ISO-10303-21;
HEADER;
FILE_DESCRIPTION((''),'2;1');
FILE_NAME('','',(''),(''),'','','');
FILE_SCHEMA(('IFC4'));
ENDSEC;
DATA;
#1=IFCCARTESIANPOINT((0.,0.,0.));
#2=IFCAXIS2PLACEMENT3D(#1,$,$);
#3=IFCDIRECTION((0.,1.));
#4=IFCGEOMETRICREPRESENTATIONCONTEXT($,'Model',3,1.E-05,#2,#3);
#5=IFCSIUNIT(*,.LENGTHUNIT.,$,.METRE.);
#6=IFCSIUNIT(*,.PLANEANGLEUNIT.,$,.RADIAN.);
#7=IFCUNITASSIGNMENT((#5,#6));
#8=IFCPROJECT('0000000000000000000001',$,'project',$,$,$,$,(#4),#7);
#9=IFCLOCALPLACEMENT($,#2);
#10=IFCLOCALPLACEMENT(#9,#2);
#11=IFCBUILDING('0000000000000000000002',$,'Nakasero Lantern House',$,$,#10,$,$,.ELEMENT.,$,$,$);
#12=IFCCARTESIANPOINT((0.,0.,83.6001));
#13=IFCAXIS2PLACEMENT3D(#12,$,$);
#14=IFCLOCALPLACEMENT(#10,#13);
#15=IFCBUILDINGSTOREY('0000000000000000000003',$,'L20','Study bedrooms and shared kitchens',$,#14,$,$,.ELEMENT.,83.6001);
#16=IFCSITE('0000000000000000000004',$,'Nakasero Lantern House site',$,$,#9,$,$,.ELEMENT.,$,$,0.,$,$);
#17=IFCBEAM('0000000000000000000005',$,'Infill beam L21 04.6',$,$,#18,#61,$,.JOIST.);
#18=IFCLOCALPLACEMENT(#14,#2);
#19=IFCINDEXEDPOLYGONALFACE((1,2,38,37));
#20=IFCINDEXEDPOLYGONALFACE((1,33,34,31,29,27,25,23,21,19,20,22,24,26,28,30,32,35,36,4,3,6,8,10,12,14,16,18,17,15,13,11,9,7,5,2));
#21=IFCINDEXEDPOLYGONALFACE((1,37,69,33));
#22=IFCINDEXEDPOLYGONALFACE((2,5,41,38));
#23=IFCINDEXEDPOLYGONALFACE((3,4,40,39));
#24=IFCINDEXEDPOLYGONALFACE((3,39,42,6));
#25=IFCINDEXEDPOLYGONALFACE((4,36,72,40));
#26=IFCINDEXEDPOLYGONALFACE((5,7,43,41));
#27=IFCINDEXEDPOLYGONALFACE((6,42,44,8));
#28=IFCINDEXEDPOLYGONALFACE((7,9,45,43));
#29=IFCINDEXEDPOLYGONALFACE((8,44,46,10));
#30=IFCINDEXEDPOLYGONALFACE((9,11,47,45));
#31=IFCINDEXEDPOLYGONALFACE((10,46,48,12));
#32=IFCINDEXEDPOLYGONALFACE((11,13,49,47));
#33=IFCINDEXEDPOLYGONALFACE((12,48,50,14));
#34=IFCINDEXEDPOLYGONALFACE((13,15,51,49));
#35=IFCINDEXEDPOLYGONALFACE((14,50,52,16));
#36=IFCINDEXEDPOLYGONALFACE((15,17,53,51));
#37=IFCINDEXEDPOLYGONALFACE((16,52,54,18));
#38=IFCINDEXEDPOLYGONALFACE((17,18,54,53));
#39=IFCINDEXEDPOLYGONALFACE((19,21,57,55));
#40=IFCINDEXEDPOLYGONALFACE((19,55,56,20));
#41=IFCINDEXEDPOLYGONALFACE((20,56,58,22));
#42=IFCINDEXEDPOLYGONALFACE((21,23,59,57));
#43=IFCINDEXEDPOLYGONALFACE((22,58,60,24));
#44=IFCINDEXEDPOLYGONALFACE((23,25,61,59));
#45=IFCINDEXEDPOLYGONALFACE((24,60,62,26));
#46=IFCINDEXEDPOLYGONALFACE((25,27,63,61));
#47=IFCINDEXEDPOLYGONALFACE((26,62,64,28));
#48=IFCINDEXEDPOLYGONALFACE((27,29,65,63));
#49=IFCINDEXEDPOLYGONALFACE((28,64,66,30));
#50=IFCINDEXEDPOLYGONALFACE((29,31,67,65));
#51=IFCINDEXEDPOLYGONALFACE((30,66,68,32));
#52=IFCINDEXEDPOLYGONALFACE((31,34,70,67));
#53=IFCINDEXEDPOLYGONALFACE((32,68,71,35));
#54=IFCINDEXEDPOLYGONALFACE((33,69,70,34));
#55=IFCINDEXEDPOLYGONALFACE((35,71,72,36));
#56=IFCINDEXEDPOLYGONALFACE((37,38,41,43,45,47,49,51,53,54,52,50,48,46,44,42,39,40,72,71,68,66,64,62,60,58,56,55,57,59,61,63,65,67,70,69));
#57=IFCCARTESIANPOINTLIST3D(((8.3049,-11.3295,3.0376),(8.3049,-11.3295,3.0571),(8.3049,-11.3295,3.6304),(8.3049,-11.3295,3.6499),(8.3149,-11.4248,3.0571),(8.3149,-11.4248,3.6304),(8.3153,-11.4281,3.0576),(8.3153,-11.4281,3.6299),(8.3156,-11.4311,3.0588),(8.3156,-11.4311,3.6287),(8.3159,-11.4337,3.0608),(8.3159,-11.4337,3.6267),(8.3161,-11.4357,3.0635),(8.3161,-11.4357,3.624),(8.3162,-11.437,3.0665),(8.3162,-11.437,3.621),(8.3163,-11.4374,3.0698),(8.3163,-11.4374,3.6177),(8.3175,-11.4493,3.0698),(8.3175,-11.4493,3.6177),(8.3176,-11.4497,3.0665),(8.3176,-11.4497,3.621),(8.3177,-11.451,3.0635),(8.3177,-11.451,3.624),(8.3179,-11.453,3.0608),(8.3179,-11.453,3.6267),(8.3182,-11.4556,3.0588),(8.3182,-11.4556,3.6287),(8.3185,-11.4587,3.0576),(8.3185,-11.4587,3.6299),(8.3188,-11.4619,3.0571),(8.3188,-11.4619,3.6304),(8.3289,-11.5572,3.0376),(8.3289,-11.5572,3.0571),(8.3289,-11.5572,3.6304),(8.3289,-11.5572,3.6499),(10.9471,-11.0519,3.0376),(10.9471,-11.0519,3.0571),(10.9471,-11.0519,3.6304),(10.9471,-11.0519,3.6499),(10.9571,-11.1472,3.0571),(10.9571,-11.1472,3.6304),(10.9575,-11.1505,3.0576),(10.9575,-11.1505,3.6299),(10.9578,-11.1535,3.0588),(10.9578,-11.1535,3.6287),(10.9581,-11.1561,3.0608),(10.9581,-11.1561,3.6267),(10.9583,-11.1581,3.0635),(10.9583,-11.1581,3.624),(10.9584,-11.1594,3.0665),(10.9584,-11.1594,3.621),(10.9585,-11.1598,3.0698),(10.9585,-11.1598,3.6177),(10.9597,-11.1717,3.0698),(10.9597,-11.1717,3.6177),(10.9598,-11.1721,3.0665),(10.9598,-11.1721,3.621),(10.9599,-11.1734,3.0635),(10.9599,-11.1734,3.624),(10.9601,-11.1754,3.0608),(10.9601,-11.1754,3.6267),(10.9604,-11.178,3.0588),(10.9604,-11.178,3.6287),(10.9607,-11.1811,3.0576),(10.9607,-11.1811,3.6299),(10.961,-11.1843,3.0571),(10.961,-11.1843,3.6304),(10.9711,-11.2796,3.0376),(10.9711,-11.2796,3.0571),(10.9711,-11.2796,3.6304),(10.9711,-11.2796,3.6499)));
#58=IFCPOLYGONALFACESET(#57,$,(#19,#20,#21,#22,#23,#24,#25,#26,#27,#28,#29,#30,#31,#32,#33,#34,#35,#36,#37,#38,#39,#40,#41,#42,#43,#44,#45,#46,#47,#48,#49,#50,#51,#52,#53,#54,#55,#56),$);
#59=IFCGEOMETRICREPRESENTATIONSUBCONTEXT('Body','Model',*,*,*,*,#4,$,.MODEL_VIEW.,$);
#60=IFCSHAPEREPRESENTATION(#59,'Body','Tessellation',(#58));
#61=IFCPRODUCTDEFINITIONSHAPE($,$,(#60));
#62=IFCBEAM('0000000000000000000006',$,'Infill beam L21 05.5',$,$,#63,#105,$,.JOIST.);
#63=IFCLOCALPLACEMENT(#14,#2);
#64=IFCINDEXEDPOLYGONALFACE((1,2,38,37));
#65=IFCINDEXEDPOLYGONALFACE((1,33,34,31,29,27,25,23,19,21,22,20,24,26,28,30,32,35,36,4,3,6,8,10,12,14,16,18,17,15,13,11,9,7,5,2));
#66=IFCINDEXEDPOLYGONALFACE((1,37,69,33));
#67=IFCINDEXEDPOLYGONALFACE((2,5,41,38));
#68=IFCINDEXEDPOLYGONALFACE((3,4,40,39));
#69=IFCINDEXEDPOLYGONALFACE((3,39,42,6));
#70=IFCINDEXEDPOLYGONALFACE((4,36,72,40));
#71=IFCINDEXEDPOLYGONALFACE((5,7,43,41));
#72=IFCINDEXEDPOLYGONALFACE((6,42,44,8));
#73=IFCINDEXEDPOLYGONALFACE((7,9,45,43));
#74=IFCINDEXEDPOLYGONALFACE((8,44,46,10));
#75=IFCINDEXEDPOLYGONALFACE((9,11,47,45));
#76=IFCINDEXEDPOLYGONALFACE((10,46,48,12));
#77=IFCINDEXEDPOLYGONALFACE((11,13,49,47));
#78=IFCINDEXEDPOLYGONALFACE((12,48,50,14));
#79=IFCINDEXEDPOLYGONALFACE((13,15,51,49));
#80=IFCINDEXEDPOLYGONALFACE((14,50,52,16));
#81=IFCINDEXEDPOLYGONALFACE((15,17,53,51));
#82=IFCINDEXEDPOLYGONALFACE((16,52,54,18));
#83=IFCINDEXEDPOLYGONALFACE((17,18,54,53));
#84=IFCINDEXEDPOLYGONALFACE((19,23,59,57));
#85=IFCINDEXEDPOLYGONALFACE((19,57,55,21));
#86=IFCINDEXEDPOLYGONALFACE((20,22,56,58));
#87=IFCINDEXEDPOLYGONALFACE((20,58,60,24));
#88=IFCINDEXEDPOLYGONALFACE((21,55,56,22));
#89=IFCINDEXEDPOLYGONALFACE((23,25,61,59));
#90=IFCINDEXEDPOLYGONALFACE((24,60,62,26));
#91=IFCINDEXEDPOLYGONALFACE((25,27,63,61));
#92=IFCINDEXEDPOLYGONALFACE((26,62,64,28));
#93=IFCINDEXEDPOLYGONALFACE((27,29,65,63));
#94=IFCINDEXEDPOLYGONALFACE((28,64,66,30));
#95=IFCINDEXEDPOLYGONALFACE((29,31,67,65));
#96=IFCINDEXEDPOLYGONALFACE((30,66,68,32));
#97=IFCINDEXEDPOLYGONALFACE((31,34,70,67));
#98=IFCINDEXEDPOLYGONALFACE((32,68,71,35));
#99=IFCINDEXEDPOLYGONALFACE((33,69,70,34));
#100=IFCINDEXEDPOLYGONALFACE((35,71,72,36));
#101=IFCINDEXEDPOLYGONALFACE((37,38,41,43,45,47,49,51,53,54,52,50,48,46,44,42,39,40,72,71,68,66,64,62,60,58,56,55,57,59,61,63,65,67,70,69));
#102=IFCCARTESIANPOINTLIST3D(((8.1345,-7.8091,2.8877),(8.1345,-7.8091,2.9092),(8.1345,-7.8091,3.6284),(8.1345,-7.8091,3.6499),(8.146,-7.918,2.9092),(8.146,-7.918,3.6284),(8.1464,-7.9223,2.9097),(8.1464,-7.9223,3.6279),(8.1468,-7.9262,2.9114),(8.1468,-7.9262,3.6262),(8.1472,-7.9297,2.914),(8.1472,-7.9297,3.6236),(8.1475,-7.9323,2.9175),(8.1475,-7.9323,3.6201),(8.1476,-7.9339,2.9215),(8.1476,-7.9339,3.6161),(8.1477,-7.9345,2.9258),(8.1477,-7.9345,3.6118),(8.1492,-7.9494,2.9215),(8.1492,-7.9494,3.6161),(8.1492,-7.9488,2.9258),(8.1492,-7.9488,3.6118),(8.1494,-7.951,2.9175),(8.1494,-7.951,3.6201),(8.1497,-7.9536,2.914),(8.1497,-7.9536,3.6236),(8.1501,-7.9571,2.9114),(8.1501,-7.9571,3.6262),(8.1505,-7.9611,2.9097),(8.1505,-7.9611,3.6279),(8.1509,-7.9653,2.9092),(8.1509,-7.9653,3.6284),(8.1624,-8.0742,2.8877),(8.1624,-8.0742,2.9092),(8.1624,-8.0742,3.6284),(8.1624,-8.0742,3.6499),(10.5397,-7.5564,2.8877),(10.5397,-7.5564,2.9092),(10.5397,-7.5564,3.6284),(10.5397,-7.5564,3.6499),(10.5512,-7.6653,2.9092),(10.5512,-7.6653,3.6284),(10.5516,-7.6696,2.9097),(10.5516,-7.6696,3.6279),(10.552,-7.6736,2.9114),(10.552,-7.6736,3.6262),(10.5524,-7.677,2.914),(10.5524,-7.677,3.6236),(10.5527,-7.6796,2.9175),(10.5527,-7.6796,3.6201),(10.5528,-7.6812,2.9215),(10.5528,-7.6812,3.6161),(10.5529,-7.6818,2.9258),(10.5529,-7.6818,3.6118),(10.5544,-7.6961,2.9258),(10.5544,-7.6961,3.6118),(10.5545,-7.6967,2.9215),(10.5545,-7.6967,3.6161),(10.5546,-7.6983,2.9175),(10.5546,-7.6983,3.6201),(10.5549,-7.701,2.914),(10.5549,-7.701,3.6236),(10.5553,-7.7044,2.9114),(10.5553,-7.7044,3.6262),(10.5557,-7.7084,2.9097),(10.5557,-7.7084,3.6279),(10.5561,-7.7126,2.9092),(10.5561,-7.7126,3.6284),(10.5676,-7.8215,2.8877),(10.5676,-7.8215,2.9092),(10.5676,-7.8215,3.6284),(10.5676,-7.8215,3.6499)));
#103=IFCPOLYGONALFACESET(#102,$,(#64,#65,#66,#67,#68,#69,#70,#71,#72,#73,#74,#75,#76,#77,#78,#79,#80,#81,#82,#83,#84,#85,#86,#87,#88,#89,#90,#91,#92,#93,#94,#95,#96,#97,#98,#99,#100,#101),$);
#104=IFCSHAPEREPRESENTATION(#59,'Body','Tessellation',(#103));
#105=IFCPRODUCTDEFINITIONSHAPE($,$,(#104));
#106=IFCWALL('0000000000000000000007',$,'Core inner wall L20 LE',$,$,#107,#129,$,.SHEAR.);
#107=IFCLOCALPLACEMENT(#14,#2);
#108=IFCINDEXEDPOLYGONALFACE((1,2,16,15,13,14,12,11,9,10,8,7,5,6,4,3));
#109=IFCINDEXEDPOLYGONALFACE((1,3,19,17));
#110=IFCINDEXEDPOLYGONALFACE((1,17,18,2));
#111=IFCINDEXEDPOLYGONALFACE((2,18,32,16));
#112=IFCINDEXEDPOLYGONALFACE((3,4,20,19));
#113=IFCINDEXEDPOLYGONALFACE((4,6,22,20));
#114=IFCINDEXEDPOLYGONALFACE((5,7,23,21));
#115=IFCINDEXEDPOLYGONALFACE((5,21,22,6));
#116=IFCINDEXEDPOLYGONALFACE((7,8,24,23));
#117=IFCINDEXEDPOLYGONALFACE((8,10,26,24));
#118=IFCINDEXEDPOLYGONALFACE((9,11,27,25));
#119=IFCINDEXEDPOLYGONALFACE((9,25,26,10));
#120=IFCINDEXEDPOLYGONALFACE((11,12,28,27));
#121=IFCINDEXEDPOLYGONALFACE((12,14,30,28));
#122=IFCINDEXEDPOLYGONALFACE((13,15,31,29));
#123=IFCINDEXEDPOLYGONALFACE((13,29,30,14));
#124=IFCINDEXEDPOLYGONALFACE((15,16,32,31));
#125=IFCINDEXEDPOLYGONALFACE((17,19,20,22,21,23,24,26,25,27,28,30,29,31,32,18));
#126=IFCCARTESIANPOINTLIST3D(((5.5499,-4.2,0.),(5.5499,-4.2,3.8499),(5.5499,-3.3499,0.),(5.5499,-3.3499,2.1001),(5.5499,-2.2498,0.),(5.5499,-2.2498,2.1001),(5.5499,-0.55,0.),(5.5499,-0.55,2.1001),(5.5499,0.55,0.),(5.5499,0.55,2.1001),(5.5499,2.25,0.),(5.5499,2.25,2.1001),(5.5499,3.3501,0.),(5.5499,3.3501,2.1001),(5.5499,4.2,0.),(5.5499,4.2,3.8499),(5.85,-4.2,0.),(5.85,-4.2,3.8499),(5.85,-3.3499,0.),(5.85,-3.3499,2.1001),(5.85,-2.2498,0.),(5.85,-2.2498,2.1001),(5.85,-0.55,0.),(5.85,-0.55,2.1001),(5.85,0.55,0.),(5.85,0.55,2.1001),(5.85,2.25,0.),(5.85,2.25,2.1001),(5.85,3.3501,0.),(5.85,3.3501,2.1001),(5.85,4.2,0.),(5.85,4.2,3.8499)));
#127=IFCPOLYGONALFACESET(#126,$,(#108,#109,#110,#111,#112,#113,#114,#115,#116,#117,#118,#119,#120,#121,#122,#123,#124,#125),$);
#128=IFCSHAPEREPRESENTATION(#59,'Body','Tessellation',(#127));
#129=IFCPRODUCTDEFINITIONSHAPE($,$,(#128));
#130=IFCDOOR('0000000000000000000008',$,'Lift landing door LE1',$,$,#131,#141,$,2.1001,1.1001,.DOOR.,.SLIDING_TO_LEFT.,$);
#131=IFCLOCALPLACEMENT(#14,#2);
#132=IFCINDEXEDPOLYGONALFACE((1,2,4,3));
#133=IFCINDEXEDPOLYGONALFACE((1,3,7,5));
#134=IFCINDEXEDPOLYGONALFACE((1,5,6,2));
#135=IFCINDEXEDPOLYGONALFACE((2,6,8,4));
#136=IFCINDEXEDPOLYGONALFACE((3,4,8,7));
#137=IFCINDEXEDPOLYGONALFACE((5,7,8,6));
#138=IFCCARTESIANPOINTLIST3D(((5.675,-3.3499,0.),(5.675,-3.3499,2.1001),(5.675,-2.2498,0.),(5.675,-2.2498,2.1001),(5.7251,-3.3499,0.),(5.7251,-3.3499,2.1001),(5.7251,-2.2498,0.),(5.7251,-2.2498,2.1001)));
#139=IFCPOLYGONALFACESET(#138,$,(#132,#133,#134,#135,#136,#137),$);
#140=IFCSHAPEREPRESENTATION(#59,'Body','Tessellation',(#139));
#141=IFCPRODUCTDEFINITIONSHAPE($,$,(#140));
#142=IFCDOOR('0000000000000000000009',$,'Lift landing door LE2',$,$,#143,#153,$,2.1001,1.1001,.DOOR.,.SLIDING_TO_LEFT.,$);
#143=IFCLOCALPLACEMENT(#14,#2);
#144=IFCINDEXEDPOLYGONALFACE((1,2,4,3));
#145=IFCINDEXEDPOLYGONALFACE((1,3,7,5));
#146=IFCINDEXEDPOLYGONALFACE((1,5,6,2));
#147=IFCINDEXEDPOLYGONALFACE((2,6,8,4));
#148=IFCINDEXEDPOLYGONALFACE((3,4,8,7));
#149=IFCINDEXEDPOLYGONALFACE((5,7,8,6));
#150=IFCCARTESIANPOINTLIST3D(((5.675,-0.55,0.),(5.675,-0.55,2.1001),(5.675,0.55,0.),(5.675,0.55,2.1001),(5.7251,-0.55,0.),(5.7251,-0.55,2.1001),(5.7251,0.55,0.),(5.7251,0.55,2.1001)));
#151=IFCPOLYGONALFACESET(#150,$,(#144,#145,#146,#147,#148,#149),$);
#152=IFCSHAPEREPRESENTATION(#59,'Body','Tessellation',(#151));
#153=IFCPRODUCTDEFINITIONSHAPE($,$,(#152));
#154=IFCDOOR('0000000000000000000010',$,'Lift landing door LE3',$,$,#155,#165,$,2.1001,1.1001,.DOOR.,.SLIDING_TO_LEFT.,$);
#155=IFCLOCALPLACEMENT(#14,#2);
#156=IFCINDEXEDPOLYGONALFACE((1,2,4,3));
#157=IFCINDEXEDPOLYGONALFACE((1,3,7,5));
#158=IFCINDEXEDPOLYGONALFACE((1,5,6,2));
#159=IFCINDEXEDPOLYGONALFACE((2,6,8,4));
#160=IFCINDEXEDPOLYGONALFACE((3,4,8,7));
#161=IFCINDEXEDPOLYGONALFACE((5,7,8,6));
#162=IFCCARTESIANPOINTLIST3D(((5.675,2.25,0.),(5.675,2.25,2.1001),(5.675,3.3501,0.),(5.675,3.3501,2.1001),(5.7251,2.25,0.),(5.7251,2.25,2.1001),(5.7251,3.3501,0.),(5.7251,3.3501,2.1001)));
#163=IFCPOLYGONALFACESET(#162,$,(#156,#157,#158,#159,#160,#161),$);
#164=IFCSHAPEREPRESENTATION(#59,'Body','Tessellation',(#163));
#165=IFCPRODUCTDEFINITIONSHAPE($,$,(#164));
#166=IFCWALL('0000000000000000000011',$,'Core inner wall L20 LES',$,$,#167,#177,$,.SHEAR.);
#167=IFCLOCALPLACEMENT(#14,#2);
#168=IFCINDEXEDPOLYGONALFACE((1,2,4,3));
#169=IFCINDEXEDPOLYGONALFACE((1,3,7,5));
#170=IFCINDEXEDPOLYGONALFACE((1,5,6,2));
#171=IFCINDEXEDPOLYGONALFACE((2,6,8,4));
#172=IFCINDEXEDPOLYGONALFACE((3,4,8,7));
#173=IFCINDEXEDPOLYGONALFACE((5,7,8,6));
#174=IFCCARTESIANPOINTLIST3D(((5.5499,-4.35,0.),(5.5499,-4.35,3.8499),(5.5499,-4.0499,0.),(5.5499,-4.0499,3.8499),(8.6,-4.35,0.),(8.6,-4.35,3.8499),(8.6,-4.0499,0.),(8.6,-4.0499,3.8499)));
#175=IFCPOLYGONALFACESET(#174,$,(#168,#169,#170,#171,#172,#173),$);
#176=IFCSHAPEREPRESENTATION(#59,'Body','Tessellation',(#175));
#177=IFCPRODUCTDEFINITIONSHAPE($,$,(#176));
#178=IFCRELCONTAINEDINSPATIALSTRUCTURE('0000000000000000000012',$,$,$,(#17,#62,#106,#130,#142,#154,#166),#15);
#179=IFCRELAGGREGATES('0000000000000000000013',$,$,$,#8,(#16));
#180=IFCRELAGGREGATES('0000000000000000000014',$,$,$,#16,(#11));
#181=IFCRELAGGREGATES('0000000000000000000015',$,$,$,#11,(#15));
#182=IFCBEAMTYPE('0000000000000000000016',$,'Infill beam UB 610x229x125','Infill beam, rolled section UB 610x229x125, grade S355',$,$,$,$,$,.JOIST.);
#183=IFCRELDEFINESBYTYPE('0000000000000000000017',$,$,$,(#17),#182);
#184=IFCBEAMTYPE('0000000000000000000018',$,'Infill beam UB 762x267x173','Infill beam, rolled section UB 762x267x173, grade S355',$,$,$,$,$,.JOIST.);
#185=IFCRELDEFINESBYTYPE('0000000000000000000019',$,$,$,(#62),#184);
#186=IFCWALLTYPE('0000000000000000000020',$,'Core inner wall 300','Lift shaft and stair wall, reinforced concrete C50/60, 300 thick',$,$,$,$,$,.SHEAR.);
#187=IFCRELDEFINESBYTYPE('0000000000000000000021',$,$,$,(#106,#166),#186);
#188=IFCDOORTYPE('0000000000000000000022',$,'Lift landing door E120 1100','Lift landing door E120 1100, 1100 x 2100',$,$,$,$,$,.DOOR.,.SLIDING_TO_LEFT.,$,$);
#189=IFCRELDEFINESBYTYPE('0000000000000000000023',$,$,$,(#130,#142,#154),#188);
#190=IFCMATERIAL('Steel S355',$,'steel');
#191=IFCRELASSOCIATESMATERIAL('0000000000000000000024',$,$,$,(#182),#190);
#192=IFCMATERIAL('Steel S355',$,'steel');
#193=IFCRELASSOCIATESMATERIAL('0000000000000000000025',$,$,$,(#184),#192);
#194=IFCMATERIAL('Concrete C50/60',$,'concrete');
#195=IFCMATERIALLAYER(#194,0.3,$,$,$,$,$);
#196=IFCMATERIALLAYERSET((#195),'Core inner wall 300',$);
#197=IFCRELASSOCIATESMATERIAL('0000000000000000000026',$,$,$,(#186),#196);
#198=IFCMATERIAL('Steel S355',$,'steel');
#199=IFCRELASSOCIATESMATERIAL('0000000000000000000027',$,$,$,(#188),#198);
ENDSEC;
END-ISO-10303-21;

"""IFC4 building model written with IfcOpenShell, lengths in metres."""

from ifc_helpers import new_model, si_unit, direction, frame, frame_2d, origin, origin_2d, place, context, subcontext, project, spatial, rectangle, i_section, extrude, material, layer, layer_set, material_profile, profile_set, type_object, element, fill, save


model = new_model("IFC4")

# Units and contexts
model_context = context("Model", 3, precision=1e-05, world=origin(), true_north=direction((0.0, 1.0)))
body_context = subcontext(model_context, "Body", "Model", "MODEL_VIEW")
ifc_project = project(units=[si_unit("LENGTHUNIT", "METRE"), si_unit("PLANEANGLEUNIT", "RADIAN")], contexts=[model_context])

# Site, building, storey
site_placement = place(None, origin())
site = spatial("IfcSite", under=ifc_project, at=site_placement, Name="Nakasero Lantern House site", CompositionType="ELEMENT", RefElevation=0.0)
building_placement = place(site_placement, origin())
building = spatial("IfcBuilding", under=site, at=building_placement, Name="Nakasero Lantern House", CompositionType="ELEMENT")
storey_placement = place(building_placement, frame((0.0, 0.0, 83.6001)))
storey = spatial("IfcBuildingStorey", under=building, at=storey_placement, Name="L20", Description="Study bedrooms and shared kitchens", CompositionType="ELEMENT", Elevation=83.6001)

# Beams
ifc_material_1 = material(Name="Steel S355", Category="steel")
ifc_material_profile_1 = material_profile(ifc_material_1, i_section(OverallWidth=0.229, OverallDepth=0.6123, WebThickness=0.012, FlangeThickness=0.0195, FilletRadius=0.0127, at=origin_2d()), Name="UB 610x229x125")
ifc_profile_set_1 = profile_set([ifc_material_profile_1], Name="Steel S355")
beam_type_1 = type_object("IfcBeamType", Name="Infill beam UB 610x229x125", Description="Infill beam, rolled section UB 610x229x125, grade S355", PredefinedType="JOIST", material=ifc_profile_set_1)
beam_1_placement = place(storey_placement, frame((8.3169, -11.4434, 3.3438), z_axis=(0.994526, 0.104489, 0.0), x_axis=(-0.104489, 0.994526, 0.0)))
element("IfcBeam", 1, at=beam_1_placement, inside=storey, type_object=beam_type_1, Name="Infill beam L21 04.6", PredefinedType="JOIST", context=body_context, shape_type="SweptSolid", body=[
    extrude(i_section(OverallWidth=0.229, OverallDepth=0.6123, WebThickness=0.012, FlangeThickness=0.0195, FilletRadius=0.0127, at=origin_2d()), origin(), (0.0, 0.0, 1.0), 2.6567),
])
ifc_material_2 = material(Name="Steel S355", Category="steel")
ifc_material_profile_2 = material_profile(ifc_material_2, i_section(OverallWidth=0.2666, OverallDepth=0.7622, WebThickness=0.0144, FlangeThickness=0.0215, FilletRadius=0.0166, at=origin_2d()), Name="UB 762x267x173")
ifc_profile_set_2 = profile_set([ifc_material_profile_2], Name="Steel S355")
beam_type_2 = type_object("IfcBeamType", Name="Infill beam UB 762x267x173", Description="Infill beam, rolled section UB 762x267x173, grade S355", PredefinedType="JOIST", material=ifc_profile_set_2)
beam_2_placement = place(storey_placement, frame((8.1484, -7.9417, 3.2688), z_axis=(0.994527, 0.10448, 0.0), x_axis=(-0.10448, 0.994527, 0.0)))
element("IfcBeam", 2, at=beam_2_placement, inside=storey, type_object=beam_type_2, Name="Infill beam L21 05.5", PredefinedType="JOIST", context=body_context, shape_type="SweptSolid", body=[
    extrude(i_section(OverallWidth=0.2666, OverallDepth=0.7622, WebThickness=0.0144, FlangeThickness=0.0215, FilletRadius=0.0166, at=origin_2d()), origin(), (0.0, 0.0, 1.0), 2.4185),
])

# Wall, openings, doors
ifc_material_3 = material(Name="Concrete C50/60", Category="concrete")
ifc_layer_1 = layer(ifc_material_3, 0.3)
ifc_layer_set_1 = layer_set([ifc_layer_1], Name="Core inner wall 300")
wall_type_1 = type_object("IfcWallType", Name="Core inner wall 300", Description="Lift shaft and stair wall, reinforced concrete C50/60, 300 thick", PredefinedType="SHEAR", material=ifc_layer_set_1)
wall_1_placement = place(storey_placement, frame((5.7, -4.2, 0.0), z_axis=(0.0, 0.0, 1.0), x_axis=(0.0, 1.0, 0.0)))
wall_1 = element("IfcWall", 3, at=wall_1_placement, inside=storey, type_object=wall_type_1, Name="Core inner wall L20 LE", PredefinedType="SHEAR", context=body_context, shape_type="SweptSolid", body=[
    extrude(rectangle(XDim=8.3999, YDim=0.3, at=frame_2d((4.2, 0.0))), origin(), (0.0, 0.0, 1.0), 3.8499),
])
opening_1_placement = place(wall_1_placement, frame((0.8501, 0.0, 0.0)))
opening_1 = element("IfcOpeningElement", 4, at=opening_1_placement, cuts=wall_1, PredefinedType="OPENING", context=body_context, shape_type="SweptSolid", body=[
    extrude(rectangle(XDim=1.1001, YDim=2.1001, at=frame_2d((0.55, 1.05))), frame((0.0, 0.1699, 0.0), z_axis=(0.0, -1.0, 0.0), x_axis=(1.0, 0.0, 0.0)), (0.0, 0.0, 1.0), 0.3401),
])
opening_2_placement = place(wall_1_placement, frame((3.6499, 0.0, 0.0)))
opening_2 = element("IfcOpeningElement", 5, at=opening_2_placement, cuts=wall_1, PredefinedType="OPENING", context=body_context, shape_type="SweptSolid", body=[
    extrude(rectangle(XDim=1.1001, YDim=2.1001, at=frame_2d((0.55, 1.05))), frame((0.0, 0.1699, 0.0), z_axis=(0.0, -1.0, 0.0), x_axis=(1.0, 0.0, 0.0)), (0.0, 0.0, 1.0), 0.3401),
])
opening_3_placement = place(wall_1_placement, frame((6.45, 0.0, 0.0)))
opening_3 = element("IfcOpeningElement", 6, at=opening_3_placement, cuts=wall_1, PredefinedType="OPENING", context=body_context, shape_type="SweptSolid", body=[
    extrude(rectangle(XDim=1.1001, YDim=2.1001, at=frame_2d((0.55, 1.05))), frame((0.0, 0.1699, 0.0), z_axis=(0.0, -1.0, 0.0), x_axis=(1.0, 0.0, 0.0)), (0.0, 0.0, 1.0), 0.3401),
])
ifc_material_4 = material(Name="Steel S355", Category="steel")
door_type_1 = type_object("IfcDoorType", Name="Lift landing door E120 1100", Description="Lift landing door E120 1100, 1100 x 2100", OperationType="SLIDING_TO_LEFT", PredefinedType="DOOR", material=ifc_material_4)
door_1_placement = place(opening_1_placement, origin())
door_1 = element("IfcDoor", 7, at=door_1_placement, inside=storey, type_object=door_type_1, Name="Lift landing door LE1", OperationType="SLIDING_TO_LEFT", OverallHeight=2.1001, OverallWidth=1.1001, PredefinedType="DOOR", context=body_context, shape_type="SweptSolid", body=[
    extrude(rectangle(XDim=1.1001, YDim=2.1001, at=frame_2d((0.55, 1.05))), frame((0.0, 0.0249, 0.0), z_axis=(0.0, -1.0, 0.0), x_axis=(1.0, 0.0, 0.0)), (0.0, 0.0, 1.0), 0.05),
])
fill(opening_1, door_1)
door_2_placement = place(opening_2_placement, origin())
door_2 = element("IfcDoor", 8, at=door_2_placement, inside=storey, type_object=door_type_1, Name="Lift landing door LE2", OperationType="SLIDING_TO_LEFT", OverallHeight=2.1001, OverallWidth=1.1001, PredefinedType="DOOR", context=body_context, shape_type="SweptSolid", body=[
    extrude(rectangle(XDim=1.1001, YDim=2.1001, at=frame_2d((0.55, 1.05))), frame((0.0, 0.0249, 0.0), z_axis=(0.0, -1.0, 0.0), x_axis=(1.0, 0.0, 0.0)), (0.0, 0.0, 1.0), 0.05),
])
fill(opening_2, door_2)
door_3_placement = place(opening_3_placement, origin())
door_3 = element("IfcDoor", 9, at=door_3_placement, inside=storey, type_object=door_type_1, Name="Lift landing door LE3", OperationType="SLIDING_TO_LEFT", OverallHeight=2.1001, OverallWidth=1.1001, PredefinedType="DOOR", context=body_context, shape_type="SweptSolid", body=[
    extrude(rectangle(XDim=1.1001, YDim=2.1001, at=frame_2d((0.55, 1.05))), frame((0.0, 0.0249, 0.0), z_axis=(0.0, -1.0, 0.0), x_axis=(1.0, 0.0, 0.0)), (0.0, 0.0, 1.0), 0.05),
])
fill(opening_3, door_3)

# Wall
wall_2_placement = place(storey_placement, frame((5.55, -4.2, 0.0), z_axis=(0.0, 0.0, 1.0), x_axis=(1.0, 0.0, 0.0)))
element("IfcWall", 10, at=wall_2_placement, inside=storey, type_object=wall_type_1, Name="Core inner wall L20 LES", PredefinedType="SHEAR", context=body_context, shape_type="SweptSolid", body=[
    extrude(rectangle(XDim=3.05, YDim=0.3, at=frame_2d((1.5249, 0.0))), origin(), (0.0, 0.0, 1.0), 3.8499),
])

save(model, "model.ifc")
